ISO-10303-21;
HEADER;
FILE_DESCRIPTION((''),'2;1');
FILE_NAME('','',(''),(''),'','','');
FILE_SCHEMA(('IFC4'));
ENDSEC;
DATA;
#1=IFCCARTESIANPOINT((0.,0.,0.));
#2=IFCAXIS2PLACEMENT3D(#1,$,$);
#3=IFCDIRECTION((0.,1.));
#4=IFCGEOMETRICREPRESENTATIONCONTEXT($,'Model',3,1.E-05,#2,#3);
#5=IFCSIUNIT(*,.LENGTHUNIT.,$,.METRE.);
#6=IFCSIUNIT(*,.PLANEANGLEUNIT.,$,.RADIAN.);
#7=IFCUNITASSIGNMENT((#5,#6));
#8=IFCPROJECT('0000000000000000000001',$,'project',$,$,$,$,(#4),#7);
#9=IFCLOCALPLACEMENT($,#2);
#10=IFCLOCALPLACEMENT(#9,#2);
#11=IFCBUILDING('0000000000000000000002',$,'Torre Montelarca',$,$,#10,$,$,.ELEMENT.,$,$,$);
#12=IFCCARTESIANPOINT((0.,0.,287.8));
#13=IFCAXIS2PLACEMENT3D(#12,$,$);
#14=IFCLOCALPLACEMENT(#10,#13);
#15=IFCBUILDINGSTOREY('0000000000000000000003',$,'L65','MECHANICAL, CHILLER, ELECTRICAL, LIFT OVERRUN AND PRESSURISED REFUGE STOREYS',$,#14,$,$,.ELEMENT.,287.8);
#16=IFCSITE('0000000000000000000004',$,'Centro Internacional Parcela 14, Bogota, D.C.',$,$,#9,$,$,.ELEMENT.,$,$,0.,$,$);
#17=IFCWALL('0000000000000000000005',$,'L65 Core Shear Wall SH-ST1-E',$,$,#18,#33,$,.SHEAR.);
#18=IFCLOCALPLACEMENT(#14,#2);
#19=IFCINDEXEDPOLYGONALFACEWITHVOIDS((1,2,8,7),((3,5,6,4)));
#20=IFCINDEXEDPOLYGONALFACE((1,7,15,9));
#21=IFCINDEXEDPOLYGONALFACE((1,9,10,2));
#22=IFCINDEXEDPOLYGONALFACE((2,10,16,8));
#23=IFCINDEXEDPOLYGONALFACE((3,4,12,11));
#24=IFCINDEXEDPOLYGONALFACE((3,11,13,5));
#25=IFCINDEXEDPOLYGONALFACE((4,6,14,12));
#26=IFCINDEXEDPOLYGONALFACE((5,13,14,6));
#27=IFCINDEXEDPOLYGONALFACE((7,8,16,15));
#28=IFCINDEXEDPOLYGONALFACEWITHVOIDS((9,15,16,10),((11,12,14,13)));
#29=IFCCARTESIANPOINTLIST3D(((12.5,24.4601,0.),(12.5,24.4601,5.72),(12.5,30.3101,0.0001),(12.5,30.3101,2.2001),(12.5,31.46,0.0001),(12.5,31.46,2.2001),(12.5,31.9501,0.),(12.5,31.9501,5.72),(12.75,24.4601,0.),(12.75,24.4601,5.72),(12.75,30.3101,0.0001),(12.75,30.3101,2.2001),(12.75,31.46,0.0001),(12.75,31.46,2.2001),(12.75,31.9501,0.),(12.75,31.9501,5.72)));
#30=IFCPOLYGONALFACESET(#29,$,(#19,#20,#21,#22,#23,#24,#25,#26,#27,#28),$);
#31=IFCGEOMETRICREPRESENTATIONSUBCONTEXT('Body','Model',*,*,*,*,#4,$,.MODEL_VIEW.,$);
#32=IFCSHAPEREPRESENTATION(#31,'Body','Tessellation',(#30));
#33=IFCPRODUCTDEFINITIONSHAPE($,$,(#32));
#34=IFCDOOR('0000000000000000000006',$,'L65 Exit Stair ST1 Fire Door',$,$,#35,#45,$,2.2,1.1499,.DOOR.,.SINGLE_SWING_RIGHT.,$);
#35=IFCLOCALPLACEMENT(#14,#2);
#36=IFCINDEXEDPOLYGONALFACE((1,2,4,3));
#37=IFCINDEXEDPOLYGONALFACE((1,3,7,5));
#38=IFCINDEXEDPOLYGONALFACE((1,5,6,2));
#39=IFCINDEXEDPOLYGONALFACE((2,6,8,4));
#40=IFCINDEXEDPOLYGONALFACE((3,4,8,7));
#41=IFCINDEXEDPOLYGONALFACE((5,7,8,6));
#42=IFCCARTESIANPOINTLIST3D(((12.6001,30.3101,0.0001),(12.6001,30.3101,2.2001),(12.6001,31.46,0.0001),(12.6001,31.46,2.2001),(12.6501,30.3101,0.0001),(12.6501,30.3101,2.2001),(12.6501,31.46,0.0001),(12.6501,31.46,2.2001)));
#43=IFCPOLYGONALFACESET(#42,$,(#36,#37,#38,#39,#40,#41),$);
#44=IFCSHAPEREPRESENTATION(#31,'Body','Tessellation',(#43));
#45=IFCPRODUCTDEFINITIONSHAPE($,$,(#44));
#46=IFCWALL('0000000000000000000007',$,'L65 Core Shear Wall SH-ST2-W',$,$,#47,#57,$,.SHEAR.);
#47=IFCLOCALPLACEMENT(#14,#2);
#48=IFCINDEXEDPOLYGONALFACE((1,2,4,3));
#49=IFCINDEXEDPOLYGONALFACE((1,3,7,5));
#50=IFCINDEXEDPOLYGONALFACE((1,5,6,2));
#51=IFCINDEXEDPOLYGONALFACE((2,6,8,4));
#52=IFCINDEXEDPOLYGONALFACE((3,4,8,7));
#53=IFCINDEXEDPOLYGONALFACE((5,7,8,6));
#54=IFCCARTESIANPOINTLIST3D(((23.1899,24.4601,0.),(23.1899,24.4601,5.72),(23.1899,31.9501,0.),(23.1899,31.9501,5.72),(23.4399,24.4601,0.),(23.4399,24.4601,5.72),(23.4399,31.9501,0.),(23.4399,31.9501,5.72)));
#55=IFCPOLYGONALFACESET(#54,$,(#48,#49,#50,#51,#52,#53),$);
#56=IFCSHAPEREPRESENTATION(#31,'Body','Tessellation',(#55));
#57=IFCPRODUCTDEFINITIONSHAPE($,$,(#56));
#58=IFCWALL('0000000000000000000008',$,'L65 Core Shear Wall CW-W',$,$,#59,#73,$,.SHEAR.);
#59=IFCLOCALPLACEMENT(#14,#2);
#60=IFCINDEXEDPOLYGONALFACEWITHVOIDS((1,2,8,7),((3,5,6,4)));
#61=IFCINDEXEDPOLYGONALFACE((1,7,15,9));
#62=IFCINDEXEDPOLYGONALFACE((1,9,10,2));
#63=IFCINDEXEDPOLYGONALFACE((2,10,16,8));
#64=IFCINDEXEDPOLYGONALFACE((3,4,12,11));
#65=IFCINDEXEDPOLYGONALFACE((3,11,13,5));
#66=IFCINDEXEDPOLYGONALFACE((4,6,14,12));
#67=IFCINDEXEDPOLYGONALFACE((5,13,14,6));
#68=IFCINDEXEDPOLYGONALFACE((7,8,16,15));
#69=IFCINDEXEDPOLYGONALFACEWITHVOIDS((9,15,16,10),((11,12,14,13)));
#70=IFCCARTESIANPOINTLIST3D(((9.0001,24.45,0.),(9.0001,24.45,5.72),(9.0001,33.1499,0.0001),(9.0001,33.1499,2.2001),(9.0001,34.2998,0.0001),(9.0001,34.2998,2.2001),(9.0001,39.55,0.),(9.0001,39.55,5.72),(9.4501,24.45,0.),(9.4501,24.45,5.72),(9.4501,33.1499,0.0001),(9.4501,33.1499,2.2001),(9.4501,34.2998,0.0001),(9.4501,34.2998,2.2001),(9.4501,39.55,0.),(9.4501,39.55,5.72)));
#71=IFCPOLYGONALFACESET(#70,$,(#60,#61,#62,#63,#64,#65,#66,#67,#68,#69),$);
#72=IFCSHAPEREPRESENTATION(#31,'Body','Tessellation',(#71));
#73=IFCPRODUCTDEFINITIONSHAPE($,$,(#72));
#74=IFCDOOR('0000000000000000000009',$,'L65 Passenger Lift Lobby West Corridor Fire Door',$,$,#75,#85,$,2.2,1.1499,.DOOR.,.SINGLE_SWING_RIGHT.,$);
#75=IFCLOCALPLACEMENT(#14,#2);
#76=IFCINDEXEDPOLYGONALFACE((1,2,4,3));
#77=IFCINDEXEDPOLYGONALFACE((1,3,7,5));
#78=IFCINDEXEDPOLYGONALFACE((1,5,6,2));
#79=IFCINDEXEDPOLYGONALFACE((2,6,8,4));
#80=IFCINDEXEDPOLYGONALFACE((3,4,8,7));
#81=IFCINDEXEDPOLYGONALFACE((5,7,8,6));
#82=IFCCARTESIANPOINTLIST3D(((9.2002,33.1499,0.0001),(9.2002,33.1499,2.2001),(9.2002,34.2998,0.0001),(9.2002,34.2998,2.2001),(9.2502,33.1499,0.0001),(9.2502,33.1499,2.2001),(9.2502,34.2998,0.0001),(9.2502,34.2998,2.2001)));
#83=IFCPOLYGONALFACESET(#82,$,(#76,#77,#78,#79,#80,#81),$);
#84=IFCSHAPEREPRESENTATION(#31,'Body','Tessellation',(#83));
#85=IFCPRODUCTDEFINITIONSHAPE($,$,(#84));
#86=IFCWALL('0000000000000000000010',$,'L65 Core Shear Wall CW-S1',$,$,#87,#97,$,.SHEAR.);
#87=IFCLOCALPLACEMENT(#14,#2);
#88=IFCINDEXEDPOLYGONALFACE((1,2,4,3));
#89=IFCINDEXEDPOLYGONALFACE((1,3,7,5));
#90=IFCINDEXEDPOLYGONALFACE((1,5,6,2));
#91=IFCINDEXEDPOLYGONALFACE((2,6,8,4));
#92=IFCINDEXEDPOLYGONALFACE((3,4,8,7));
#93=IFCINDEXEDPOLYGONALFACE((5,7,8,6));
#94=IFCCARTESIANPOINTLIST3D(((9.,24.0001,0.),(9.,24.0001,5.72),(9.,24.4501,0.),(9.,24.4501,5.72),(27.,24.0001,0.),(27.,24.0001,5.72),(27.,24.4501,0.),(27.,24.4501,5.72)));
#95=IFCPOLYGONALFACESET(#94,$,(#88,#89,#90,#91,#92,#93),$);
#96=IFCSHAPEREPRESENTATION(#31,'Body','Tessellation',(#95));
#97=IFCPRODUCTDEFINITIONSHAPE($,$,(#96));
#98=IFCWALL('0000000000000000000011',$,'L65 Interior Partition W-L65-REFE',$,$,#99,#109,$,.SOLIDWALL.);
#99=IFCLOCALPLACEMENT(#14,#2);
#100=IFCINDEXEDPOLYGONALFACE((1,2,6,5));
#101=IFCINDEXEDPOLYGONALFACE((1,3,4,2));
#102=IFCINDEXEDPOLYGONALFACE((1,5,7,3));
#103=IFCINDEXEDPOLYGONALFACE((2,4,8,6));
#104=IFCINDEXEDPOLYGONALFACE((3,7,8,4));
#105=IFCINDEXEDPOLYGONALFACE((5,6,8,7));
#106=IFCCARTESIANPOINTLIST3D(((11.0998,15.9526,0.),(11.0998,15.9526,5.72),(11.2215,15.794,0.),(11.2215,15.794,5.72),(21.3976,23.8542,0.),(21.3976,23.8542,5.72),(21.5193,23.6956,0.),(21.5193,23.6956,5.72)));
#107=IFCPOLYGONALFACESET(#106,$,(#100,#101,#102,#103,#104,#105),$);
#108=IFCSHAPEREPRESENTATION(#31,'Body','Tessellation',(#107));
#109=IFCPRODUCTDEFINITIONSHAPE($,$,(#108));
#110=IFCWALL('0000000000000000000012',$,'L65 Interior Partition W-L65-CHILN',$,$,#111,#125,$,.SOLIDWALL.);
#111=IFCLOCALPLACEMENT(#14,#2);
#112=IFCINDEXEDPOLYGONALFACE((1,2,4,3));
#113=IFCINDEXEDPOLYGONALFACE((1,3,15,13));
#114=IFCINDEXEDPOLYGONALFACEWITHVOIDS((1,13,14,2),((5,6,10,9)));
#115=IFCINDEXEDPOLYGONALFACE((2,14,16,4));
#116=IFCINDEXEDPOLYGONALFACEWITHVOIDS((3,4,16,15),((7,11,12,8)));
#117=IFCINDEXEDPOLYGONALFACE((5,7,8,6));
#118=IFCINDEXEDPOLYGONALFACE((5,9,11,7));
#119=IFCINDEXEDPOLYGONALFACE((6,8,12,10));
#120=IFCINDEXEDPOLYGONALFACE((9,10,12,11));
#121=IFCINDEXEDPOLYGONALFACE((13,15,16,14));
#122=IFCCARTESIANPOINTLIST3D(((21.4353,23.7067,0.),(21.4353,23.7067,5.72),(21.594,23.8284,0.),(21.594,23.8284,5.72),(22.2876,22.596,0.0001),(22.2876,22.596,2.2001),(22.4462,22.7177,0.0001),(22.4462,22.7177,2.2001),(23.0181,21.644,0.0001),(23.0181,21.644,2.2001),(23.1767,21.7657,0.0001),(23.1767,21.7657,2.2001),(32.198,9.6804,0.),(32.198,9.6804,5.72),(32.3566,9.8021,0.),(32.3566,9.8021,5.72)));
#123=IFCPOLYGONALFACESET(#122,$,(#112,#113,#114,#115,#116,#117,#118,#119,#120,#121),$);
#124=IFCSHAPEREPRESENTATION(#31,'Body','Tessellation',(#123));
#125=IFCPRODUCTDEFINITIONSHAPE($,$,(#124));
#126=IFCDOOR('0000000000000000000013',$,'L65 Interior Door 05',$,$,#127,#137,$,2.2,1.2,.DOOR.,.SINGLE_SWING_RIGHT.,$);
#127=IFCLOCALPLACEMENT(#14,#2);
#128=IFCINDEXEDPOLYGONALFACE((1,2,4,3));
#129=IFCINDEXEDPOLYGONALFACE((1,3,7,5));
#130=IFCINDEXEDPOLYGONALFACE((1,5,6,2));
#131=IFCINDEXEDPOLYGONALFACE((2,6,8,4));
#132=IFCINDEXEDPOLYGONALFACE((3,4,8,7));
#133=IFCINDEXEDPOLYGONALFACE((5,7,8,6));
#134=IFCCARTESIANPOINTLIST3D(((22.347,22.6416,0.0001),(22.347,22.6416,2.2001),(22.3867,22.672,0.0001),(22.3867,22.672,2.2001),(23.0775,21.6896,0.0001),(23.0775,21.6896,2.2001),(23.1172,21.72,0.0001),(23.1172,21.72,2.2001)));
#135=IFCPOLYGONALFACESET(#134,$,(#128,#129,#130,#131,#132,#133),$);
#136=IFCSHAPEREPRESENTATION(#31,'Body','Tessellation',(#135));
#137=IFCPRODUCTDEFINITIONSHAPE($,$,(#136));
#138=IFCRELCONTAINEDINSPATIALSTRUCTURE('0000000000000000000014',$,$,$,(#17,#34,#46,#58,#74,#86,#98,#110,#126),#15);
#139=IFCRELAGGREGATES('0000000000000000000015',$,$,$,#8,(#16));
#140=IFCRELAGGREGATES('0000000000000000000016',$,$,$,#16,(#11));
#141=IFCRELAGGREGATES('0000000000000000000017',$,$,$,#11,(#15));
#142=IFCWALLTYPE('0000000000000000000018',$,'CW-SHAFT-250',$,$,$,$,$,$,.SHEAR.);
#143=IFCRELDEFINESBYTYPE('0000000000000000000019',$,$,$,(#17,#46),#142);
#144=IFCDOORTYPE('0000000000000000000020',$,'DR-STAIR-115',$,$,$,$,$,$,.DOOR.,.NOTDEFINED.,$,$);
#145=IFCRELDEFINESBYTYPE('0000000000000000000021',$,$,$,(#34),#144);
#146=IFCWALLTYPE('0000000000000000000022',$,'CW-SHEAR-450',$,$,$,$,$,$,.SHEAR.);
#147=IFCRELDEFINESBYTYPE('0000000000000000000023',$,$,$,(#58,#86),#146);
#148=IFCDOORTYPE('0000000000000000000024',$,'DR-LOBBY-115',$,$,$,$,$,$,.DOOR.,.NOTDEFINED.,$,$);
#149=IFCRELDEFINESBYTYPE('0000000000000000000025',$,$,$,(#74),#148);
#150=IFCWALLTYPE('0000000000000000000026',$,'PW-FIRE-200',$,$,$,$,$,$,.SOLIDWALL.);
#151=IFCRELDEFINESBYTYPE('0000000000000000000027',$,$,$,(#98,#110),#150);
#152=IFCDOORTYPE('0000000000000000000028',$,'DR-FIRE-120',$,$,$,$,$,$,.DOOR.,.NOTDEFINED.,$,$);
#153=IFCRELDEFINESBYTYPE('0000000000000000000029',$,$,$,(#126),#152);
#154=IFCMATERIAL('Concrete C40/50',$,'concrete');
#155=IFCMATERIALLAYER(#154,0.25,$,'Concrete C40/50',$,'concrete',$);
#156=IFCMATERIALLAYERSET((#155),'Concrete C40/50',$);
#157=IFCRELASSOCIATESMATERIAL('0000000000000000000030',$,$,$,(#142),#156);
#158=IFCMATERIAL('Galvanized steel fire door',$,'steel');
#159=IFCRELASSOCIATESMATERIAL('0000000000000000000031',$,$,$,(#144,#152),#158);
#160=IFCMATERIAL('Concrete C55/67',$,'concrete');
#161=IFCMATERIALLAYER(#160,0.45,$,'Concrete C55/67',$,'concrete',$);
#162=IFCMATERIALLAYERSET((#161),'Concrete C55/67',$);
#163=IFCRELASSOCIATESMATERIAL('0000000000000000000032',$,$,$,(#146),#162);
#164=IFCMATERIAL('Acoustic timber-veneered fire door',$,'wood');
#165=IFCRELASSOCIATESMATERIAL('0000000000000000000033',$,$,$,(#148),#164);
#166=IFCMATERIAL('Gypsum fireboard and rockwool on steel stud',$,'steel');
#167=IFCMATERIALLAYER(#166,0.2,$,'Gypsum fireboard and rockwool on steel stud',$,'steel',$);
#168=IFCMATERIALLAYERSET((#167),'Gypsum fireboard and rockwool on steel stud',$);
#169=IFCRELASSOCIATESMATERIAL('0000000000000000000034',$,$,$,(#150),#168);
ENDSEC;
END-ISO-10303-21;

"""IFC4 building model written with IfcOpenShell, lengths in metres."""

from ifc_helpers import new_model, si_unit, direction, frame, frame_2d, origin, place, context, subcontext, project, spatial, rectangle, extrude, source, transform, mapped, material, layer, layer_set, type_object, element, fill, save


model = new_model("IFC4")

# Units and contexts
model_context = context("Model", 3, precision=1e-05, world=origin(), true_north=direction((0.0, 1.0)))
body_context = subcontext(model_context, "Body", "Model", "MODEL_VIEW")
ifc_project = project(units=[si_unit("LENGTHUNIT", "METRE"), si_unit("PLANEANGLEUNIT", "RADIAN")], contexts=[model_context])

# Site, building, storey
site_placement = place(None, origin())
site = spatial("IfcSite", under=ifc_project, at=site_placement, Name="Centro Internacional Parcela 14, Bogota, D.C.", CompositionType="ELEMENT", RefElevation=0.0)
building_placement = place(site_placement, origin())
building = spatial("IfcBuilding", under=site, at=building_placement, Name="Torre Montelarca", CompositionType="ELEMENT")
storey_placement = place(building_placement, frame((0.0, 0.0, 287.8)))
storey = spatial("IfcBuildingStorey", under=building, at=storey_placement, Name="L65", Description="MECHANICAL, CHILLER, ELECTRICAL, LIFT OVERRUN AND PRESSURISED REFUGE STOREYS", CompositionType="ELEMENT", Elevation=287.8)

# Shared definitions
ifc_material_1 = material(Name="Concrete C55/67", Category="concrete")

# Wall, opening, door
ifc_material_2 = material(Name="Concrete C40/50", Category="concrete")
ifc_layer_1 = layer(ifc_material_2, 0.25, Name="Concrete C40/50", Category="concrete")
ifc_layer_set_1 = layer_set([ifc_layer_1], Name="Concrete C40/50")
wall_type_1 = type_object("IfcWallType", Name="CW-SHAFT-250", PredefinedType="SHEAR", material=ifc_layer_set_1)
wall_1_placement = place(storey_placement, frame((12.625, 24.46, 0.0), z_axis=(0.0, 0.0, 1.0), x_axis=(0.0, 1.0, 0.0)))
wall_1 = element("IfcWall", 1, at=wall_1_placement, inside=storey, type_object=wall_type_1, Name="L65 Core Shear Wall SH-ST1-E", PredefinedType="SHEAR", context=body_context, shape_type="SweptSolid", body=[
    extrude(rectangle(XDim=7.49, YDim=0.25, at=frame_2d((3.7451, 0.0))), origin(), (0.0, 0.0, 1.0), 5.72),
])
opening_1_placement = place(wall_1_placement, frame((5.8501, 0.0, 0.0)))
opening_1 = element("IfcOpeningElement", 2, at=opening_1_placement, cuts=wall_1, PredefinedType="OPENING", context=body_context, shape_type="SweptSolid", body=[
    extrude(rectangle(XDim=1.1499, YDim=2.2, at=frame_2d((0.575, 1.1001))), frame((0.0, 0.135, 0.0), z_axis=(0.0, -1.0, 0.0), x_axis=(1.0, 0.0, 0.0)), (0.0, 0.0, 1.0), 0.27),
])
ifc_material_3 = material(Name="Galvanized steel fire door", Category="steel")
door_type_1 = type_object("IfcDoorType", Name="DR-STAIR-115", OperationType="NOTDEFINED", PredefinedType="DOOR", material=ifc_material_3)
shared_shape_1 = source(origin(), body_context, "Body", "SweptSolid", [
    extrude(rectangle(XDim=1.1499, YDim=2.2, at=frame_2d((0.575, 1.1001))), frame((0.0, 0.0249, 0.0), z_axis=(0.0, -1.0, 0.0), x_axis=(1.0, 0.0, 0.0)), (0.0, 0.0, 1.0), 0.05),
])
door_1_placement = place(opening_1_placement, origin())
door_1 = element("IfcDoor", 3, at=door_1_placement, inside=storey, type_object=door_type_1, Name="L65 Exit Stair ST1 Fire Door", OperationType="SINGLE_SWING_RIGHT", OverallHeight=2.2, OverallWidth=1.1499, PredefinedType="DOOR", context=body_context, shape_type="MappedRepresentation", body=[
    mapped(shared_shape_1, transform((0.0, 0.0, 0.0), scale=1.0)),
])
fill(opening_1, door_1)

# Wall
wall_2_placement = place(storey_placement, frame((23.3149, 24.46, 0.0), z_axis=(0.0, 0.0, 1.0), x_axis=(0.0, 1.0, 0.0)))
element("IfcWall", 4, at=wall_2_placement, inside=storey, type_object=wall_type_1, Name="L65 Core Shear Wall SH-ST2-W", PredefinedType="SHEAR", context=body_context, shape_type="SweptSolid", body=[
    extrude(rectangle(XDim=7.49, YDim=0.25, at=frame_2d((3.7451, 0.0))), origin(), (0.0, 0.0, 1.0), 5.72),
])

# Wall, opening, door
ifc_layer_2 = layer(ifc_material_1, 0.45, Name="Concrete C55/67", Category="concrete")
ifc_layer_set_2 = layer_set([ifc_layer_2], Name="Concrete C55/67")
wall_type_2 = type_object("IfcWallType", Name="CW-SHEAR-450", PredefinedType="SHEAR", material=ifc_layer_set_2)
wall_3_placement = place(storey_placement, frame((9.2251, 24.45, 0.0), z_axis=(0.0, 0.0, 1.0), x_axis=(0.0, 1.0, 0.0)))
wall_3 = element("IfcWall", 5, at=wall_3_placement, inside=storey, type_object=wall_type_2, Name="L65 Core Shear Wall CW-W", PredefinedType="SHEAR", context=body_context, shape_type="SweptSolid", body=[
    extrude(rectangle(XDim=15.1001, YDim=0.45, at=frame_2d((7.55, 0.0))), origin(), (0.0, 0.0, 1.0), 5.72),
])
opening_2_placement = place(wall_3_placement, frame((8.7, 0.0, 0.0)))
opening_2 = element("IfcOpeningElement", 6, at=opening_2_placement, cuts=wall_3, PredefinedType="OPENING", context=body_context, shape_type="SweptSolid", body=[
    extrude(rectangle(XDim=1.1499, YDim=2.2, at=frame_2d((0.575, 1.1001))), frame((0.0, 0.2349, 0.0), z_axis=(0.0, -1.0, 0.0), x_axis=(1.0, 0.0, 0.0)), (0.0, 0.0, 1.0), 0.47),
])
ifc_material_4 = material(Name="Acoustic timber-veneered fire door", Category="wood")
door_type_2 = type_object("IfcDoorType", Name="DR-LOBBY-115", OperationType="NOTDEFINED", PredefinedType="DOOR", material=ifc_material_4)
shared_shape_2 = source(origin(), body_context, "Body", "SweptSolid", [
    extrude(rectangle(XDim=1.1499, YDim=2.2, at=frame_2d((0.575, 1.1001))), frame((0.0, 0.0249, 0.0), z_axis=(0.0, -1.0, 0.0), x_axis=(1.0, 0.0, 0.0)), (0.0, 0.0, 1.0), 0.05),
])
door_2_placement = place(opening_2_placement, origin())
door_2 = element("IfcDoor", 7, at=door_2_placement, inside=storey, type_object=door_type_2, Name="L65 Passenger Lift Lobby West Corridor Fire Door", OperationType="SINGLE_SWING_RIGHT", OverallHeight=2.2, OverallWidth=1.1499, PredefinedType="DOOR", context=body_context, shape_type="MappedRepresentation", body=[
    mapped(shared_shape_2, transform((0.0, 0.0, 0.0), scale=1.0)),
])
fill(opening_2, door_2)

# Walls
wall_4_placement = place(storey_placement, frame((9.0, 24.2251, 0.0), z_axis=(0.0, 0.0, 1.0), x_axis=(1.0, 0.0, 0.0)))
element("IfcWall", 8, at=wall_4_placement, inside=storey, type_object=wall_type_2, Name="L65 Core Shear Wall CW-S1", PredefinedType="SHEAR", context=body_context, shape_type="SweptSolid", body=[
    extrude(rectangle(XDim=18.0, YDim=0.45, at=frame_2d((9.0, 0.0))), origin(), (0.0, 0.0, 1.0), 5.72),
])
ifc_material_5 = material(Name="Gypsum fireboard and rockwool on steel stud", Category="steel")
ifc_layer_3 = layer(ifc_material_5, 0.2, Name="Gypsum fireboard and rockwool on steel stud", Category="steel")
ifc_layer_set_3 = layer_set([ifc_layer_3], Name="Gypsum fireboard and rockwool on steel stud")
wall_type_3 = type_object("IfcWallType", Name="PW-FIRE-200", PredefinedType="SOLIDWALL", material=ifc_layer_set_3)
wall_5_placement = place(storey_placement, frame((11.1606, 15.8733, 0.0), z_axis=(0.0, 0.0, 1.0), x_axis=(0.793361, 0.608751, 0.0)))
element("IfcWall", 9, at=wall_5_placement, inside=storey, type_object=wall_type_3, Name="L65 Interior Partition W-L65-REFE", PredefinedType="SOLIDWALL", context=body_context, shape_type="SweptSolid", body=[
    extrude(rectangle(XDim=12.98, YDim=0.2, at=frame_2d((6.49, 0.0))), origin(), (0.0, 0.0, 1.0), 5.72),
])

# Wall, opening, door
wall_6_placement = place(storey_placement, frame((21.5146, 23.7676, 0.0), z_axis=(0.0, 0.0, 1.0), x_axis=(0.608757, -0.793356, 0.0)))
wall_6 = element("IfcWall", 10, at=wall_6_placement, inside=storey, type_object=wall_type_3, Name="L65 Interior Partition W-L65-CHILN", PredefinedType="SOLIDWALL", context=body_context, shape_type="SweptSolid", body=[
    extrude(rectangle(XDim=17.6797, YDim=0.2, at=frame_2d((8.8398, 0.0))), origin(), (0.0, 0.0, 1.0), 5.72),
])
opening_3_placement = place(wall_6_placement, frame((1.3999, 0.0, 0.0)))
opening_3 = element("IfcOpeningElement", 11, at=opening_3_placement, cuts=wall_6, PredefinedType="OPENING", context=body_context, shape_type="SweptSolid", body=[
    extrude(rectangle(XDim=1.2, YDim=2.2, at=frame_2d((0.6001, 1.1001))), frame((0.0, 0.1099, 0.0), z_axis=(0.0, -1.0, 0.0), x_axis=(1.0, 0.0, 0.0)), (0.0, 0.0, 1.0), 0.22),
])
door_type_3 = type_object("IfcDoorType", Name="DR-FIRE-120", OperationType="NOTDEFINED", PredefinedType="DOOR", material=ifc_material_3)
shared_shape_3 = source(origin(), body_context, "Body", "SweptSolid", [
    extrude(rectangle(XDim=1.2, YDim=2.2, at=frame_2d((0.6001, 1.1001))), frame((0.0, 0.0249, 0.0), z_axis=(0.0, -1.0, 0.0), x_axis=(1.0, 0.0, 0.0)), (0.0, 0.0, 1.0), 0.05),
])
door_3_placement = place(opening_3_placement, origin())
door_3 = element("IfcDoor", 12, at=door_3_placement, inside=storey, type_object=door_type_3, Name="L65 Interior Door 05", OperationType="SINGLE_SWING_RIGHT", OverallHeight=2.2, OverallWidth=1.2, PredefinedType="DOOR", context=body_context, shape_type="MappedRepresentation", body=[
    mapped(shared_shape_3, transform((0.0, 0.0, 0.0), scale=1.0)),
])
fill(opening_3, door_3)

save(model, "model.ifc")
